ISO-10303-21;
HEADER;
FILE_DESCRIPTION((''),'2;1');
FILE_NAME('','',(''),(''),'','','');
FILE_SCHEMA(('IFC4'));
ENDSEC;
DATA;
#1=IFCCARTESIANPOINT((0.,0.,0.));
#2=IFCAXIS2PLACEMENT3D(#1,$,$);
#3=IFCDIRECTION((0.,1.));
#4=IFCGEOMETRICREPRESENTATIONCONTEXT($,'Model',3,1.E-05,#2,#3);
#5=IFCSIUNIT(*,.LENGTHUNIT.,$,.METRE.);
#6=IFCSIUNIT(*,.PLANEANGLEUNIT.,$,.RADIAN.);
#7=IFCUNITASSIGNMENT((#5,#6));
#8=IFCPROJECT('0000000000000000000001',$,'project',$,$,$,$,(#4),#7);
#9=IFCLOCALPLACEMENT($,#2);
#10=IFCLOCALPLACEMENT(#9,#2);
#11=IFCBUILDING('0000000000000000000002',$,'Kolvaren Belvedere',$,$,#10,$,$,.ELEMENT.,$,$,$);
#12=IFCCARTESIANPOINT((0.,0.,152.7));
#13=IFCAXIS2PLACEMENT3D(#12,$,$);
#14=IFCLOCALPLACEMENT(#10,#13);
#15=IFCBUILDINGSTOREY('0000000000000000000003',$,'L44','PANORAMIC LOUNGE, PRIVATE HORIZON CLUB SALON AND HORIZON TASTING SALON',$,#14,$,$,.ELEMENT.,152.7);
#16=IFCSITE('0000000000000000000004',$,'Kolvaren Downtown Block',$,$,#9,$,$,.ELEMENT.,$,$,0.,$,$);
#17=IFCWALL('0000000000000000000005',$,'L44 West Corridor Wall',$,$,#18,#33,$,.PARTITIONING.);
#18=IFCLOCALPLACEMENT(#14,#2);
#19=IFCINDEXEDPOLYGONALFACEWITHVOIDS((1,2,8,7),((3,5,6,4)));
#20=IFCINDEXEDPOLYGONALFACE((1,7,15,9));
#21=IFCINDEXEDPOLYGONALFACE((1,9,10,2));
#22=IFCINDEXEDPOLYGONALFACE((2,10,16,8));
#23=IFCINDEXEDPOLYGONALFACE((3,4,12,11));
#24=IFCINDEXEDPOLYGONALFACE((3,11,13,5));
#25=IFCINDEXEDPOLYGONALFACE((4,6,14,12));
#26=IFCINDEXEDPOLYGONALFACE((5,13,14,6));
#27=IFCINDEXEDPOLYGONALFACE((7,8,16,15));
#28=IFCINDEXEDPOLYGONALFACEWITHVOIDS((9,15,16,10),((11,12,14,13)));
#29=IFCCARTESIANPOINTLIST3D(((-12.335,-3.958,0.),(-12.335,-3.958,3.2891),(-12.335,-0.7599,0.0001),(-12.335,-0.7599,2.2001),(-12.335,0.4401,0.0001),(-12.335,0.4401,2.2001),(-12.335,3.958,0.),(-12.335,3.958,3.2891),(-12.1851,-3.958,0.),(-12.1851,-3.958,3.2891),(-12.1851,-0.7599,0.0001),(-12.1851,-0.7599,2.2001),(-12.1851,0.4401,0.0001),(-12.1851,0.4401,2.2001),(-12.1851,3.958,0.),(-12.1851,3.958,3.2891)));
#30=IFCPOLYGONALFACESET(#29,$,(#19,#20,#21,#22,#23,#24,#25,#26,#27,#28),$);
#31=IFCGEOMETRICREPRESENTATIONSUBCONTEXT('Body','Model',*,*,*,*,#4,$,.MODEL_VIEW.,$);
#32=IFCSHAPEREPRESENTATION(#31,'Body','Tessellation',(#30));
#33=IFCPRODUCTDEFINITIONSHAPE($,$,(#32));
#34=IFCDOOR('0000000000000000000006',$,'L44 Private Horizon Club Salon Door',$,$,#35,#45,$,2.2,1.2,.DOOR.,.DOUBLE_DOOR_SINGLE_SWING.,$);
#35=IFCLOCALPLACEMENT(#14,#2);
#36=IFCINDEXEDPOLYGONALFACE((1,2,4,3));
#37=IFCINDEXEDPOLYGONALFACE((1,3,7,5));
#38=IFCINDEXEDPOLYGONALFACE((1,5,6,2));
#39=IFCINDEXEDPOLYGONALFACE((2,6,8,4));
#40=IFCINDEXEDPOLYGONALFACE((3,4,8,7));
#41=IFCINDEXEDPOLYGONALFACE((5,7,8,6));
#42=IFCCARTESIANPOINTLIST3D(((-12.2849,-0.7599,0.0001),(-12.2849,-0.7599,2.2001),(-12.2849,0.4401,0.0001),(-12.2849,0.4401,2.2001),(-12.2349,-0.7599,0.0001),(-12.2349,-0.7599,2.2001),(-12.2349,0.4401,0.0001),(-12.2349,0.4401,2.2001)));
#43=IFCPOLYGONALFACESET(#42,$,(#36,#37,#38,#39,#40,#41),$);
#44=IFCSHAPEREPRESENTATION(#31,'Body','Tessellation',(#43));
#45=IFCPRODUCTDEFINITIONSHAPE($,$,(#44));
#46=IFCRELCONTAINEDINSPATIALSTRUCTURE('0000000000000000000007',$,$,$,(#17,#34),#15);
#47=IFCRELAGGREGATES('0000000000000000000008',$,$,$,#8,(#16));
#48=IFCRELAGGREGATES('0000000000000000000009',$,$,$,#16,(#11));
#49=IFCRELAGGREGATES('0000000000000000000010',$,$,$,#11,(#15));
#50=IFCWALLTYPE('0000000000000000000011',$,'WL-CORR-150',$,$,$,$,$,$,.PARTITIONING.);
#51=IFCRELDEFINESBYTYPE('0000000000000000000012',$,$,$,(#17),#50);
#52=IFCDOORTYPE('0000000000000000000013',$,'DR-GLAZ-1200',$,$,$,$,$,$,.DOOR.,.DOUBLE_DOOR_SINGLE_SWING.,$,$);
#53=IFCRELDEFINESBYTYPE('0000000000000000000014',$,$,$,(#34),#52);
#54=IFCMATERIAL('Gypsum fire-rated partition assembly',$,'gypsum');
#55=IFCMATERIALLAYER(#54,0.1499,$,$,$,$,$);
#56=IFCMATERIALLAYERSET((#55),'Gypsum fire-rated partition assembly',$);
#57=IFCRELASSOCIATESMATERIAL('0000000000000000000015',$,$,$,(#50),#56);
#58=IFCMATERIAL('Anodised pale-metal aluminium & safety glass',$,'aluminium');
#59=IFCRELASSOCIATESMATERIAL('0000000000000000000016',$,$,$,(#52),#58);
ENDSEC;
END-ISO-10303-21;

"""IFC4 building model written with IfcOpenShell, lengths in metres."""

from ifc_helpers import new_model, si_unit, direction, frame, frame_2d, origin, place, context, subcontext, project, spatial, rectangle, extrude, material, layer, layer_set, type_object, element, fill, save


model = new_model("IFC4")

# Units and contexts
model_context = context("Model", 3, precision=1e-05, world=origin(), true_north=direction((0.0, 1.0)))
body_context = subcontext(model_context, "Body", "Model", "MODEL_VIEW")
ifc_project = project(units=[si_unit("LENGTHUNIT", "METRE"), si_unit("PLANEANGLEUNIT", "RADIAN")], contexts=[model_context])

# Site, building, storey
site_placement = place(None, origin())
site = spatial("IfcSite", under=ifc_project, at=site_placement, Name="Kolvaren Downtown Block", CompositionType="ELEMENT", RefElevation=0.0)
building_placement = place(site_placement, origin())
building = spatial("IfcBuilding", under=site, at=building_placement, Name="Kolvaren Belvedere", CompositionType="ELEMENT")
storey_placement = place(building_placement, frame((0.0, 0.0, 152.7)))
storey = spatial("IfcBuildingStorey", under=building, at=storey_placement, Name="L44", Description="PANORAMIC LOUNGE, PRIVATE HORIZON CLUB SALON AND HORIZON TASTING SALON", CompositionType="ELEMENT", Elevation=152.7)

# Shared definitions
ifc_material_1 = material(Name="Gypsum fire-rated partition assembly", Category="gypsum")
ifc_layer_1 = layer(ifc_material_1, 0.1499)
ifc_layer_set_1 = layer_set([ifc_layer_1], Name="Gypsum fire-rated partition assembly")
wall_type_1 = type_object("IfcWallType", Name="WL-CORR-150", PredefinedType="PARTITIONING", material=ifc_layer_set_1)

# Wall, opening, door
wall_1_placement = place(storey_placement, frame((-12.26, -3.958, 0.0), z_axis=(0.0, 0.0, 1.0), x_axis=(0.0, 1.0, 0.0)))
wall_1 = element("IfcWall", 1, at=wall_1_placement, inside=storey, type_object=wall_type_1, Name="L44 West Corridor Wall", PredefinedType="PARTITIONING", context=body_context, shape_type="SweptSolid", body=[
    extrude(rectangle(XDim=7.916, YDim=0.1499, at=frame_2d((3.958, 0.0))), origin(), (0.0, 0.0, 1.0), 3.2891),
])
opening_placement = place(wall_1_placement, frame((3.198, 0.0, 0.0)))
opening = element("IfcOpeningElement", 2, at=opening_placement, cuts=wall_1, PredefinedType="OPENING", context=body_context, shape_type="SweptSolid", body=[
    extrude(rectangle(XDim=1.2, YDim=2.2, at=frame_2d((0.6001, 1.1001))), frame((0.0, 0.085, 0.0), z_axis=(0.0, -1.0, 0.0), x_axis=(1.0, 0.0, 0.0)), (0.0, 0.0, 1.0), 0.1699),
])
ifc_material_2 = material(Name="Anodised pale-metal aluminium & safety glass", Category="aluminium")
door_type = type_object("IfcDoorType", Name="DR-GLAZ-1200", OperationType="DOUBLE_DOOR_SINGLE_SWING", PredefinedType="DOOR", material=ifc_material_2)
door_placement = place(opening_placement, origin())
door = element("IfcDoor", 3, at=door_placement, inside=storey, type_object=door_type, Name="L44 Private Horizon Club Salon Door", OperationType="DOUBLE_DOOR_SINGLE_SWING", OverallHeight=2.2, OverallWidth=1.2, PredefinedType="DOOR", context=body_context, shape_type="SweptSolid", body=[
    extrude(rectangle(XDim=1.2, YDim=2.2, at=frame_2d((0.6001, 1.1001))), frame((0.0, 0.0249, 0.0), z_axis=(0.0, -1.0, 0.0), x_axis=(1.0, 0.0, 0.0)), (0.0, 0.0, 1.0), 0.05),
])
fill(opening, door)

save(model, "model.ifc")
